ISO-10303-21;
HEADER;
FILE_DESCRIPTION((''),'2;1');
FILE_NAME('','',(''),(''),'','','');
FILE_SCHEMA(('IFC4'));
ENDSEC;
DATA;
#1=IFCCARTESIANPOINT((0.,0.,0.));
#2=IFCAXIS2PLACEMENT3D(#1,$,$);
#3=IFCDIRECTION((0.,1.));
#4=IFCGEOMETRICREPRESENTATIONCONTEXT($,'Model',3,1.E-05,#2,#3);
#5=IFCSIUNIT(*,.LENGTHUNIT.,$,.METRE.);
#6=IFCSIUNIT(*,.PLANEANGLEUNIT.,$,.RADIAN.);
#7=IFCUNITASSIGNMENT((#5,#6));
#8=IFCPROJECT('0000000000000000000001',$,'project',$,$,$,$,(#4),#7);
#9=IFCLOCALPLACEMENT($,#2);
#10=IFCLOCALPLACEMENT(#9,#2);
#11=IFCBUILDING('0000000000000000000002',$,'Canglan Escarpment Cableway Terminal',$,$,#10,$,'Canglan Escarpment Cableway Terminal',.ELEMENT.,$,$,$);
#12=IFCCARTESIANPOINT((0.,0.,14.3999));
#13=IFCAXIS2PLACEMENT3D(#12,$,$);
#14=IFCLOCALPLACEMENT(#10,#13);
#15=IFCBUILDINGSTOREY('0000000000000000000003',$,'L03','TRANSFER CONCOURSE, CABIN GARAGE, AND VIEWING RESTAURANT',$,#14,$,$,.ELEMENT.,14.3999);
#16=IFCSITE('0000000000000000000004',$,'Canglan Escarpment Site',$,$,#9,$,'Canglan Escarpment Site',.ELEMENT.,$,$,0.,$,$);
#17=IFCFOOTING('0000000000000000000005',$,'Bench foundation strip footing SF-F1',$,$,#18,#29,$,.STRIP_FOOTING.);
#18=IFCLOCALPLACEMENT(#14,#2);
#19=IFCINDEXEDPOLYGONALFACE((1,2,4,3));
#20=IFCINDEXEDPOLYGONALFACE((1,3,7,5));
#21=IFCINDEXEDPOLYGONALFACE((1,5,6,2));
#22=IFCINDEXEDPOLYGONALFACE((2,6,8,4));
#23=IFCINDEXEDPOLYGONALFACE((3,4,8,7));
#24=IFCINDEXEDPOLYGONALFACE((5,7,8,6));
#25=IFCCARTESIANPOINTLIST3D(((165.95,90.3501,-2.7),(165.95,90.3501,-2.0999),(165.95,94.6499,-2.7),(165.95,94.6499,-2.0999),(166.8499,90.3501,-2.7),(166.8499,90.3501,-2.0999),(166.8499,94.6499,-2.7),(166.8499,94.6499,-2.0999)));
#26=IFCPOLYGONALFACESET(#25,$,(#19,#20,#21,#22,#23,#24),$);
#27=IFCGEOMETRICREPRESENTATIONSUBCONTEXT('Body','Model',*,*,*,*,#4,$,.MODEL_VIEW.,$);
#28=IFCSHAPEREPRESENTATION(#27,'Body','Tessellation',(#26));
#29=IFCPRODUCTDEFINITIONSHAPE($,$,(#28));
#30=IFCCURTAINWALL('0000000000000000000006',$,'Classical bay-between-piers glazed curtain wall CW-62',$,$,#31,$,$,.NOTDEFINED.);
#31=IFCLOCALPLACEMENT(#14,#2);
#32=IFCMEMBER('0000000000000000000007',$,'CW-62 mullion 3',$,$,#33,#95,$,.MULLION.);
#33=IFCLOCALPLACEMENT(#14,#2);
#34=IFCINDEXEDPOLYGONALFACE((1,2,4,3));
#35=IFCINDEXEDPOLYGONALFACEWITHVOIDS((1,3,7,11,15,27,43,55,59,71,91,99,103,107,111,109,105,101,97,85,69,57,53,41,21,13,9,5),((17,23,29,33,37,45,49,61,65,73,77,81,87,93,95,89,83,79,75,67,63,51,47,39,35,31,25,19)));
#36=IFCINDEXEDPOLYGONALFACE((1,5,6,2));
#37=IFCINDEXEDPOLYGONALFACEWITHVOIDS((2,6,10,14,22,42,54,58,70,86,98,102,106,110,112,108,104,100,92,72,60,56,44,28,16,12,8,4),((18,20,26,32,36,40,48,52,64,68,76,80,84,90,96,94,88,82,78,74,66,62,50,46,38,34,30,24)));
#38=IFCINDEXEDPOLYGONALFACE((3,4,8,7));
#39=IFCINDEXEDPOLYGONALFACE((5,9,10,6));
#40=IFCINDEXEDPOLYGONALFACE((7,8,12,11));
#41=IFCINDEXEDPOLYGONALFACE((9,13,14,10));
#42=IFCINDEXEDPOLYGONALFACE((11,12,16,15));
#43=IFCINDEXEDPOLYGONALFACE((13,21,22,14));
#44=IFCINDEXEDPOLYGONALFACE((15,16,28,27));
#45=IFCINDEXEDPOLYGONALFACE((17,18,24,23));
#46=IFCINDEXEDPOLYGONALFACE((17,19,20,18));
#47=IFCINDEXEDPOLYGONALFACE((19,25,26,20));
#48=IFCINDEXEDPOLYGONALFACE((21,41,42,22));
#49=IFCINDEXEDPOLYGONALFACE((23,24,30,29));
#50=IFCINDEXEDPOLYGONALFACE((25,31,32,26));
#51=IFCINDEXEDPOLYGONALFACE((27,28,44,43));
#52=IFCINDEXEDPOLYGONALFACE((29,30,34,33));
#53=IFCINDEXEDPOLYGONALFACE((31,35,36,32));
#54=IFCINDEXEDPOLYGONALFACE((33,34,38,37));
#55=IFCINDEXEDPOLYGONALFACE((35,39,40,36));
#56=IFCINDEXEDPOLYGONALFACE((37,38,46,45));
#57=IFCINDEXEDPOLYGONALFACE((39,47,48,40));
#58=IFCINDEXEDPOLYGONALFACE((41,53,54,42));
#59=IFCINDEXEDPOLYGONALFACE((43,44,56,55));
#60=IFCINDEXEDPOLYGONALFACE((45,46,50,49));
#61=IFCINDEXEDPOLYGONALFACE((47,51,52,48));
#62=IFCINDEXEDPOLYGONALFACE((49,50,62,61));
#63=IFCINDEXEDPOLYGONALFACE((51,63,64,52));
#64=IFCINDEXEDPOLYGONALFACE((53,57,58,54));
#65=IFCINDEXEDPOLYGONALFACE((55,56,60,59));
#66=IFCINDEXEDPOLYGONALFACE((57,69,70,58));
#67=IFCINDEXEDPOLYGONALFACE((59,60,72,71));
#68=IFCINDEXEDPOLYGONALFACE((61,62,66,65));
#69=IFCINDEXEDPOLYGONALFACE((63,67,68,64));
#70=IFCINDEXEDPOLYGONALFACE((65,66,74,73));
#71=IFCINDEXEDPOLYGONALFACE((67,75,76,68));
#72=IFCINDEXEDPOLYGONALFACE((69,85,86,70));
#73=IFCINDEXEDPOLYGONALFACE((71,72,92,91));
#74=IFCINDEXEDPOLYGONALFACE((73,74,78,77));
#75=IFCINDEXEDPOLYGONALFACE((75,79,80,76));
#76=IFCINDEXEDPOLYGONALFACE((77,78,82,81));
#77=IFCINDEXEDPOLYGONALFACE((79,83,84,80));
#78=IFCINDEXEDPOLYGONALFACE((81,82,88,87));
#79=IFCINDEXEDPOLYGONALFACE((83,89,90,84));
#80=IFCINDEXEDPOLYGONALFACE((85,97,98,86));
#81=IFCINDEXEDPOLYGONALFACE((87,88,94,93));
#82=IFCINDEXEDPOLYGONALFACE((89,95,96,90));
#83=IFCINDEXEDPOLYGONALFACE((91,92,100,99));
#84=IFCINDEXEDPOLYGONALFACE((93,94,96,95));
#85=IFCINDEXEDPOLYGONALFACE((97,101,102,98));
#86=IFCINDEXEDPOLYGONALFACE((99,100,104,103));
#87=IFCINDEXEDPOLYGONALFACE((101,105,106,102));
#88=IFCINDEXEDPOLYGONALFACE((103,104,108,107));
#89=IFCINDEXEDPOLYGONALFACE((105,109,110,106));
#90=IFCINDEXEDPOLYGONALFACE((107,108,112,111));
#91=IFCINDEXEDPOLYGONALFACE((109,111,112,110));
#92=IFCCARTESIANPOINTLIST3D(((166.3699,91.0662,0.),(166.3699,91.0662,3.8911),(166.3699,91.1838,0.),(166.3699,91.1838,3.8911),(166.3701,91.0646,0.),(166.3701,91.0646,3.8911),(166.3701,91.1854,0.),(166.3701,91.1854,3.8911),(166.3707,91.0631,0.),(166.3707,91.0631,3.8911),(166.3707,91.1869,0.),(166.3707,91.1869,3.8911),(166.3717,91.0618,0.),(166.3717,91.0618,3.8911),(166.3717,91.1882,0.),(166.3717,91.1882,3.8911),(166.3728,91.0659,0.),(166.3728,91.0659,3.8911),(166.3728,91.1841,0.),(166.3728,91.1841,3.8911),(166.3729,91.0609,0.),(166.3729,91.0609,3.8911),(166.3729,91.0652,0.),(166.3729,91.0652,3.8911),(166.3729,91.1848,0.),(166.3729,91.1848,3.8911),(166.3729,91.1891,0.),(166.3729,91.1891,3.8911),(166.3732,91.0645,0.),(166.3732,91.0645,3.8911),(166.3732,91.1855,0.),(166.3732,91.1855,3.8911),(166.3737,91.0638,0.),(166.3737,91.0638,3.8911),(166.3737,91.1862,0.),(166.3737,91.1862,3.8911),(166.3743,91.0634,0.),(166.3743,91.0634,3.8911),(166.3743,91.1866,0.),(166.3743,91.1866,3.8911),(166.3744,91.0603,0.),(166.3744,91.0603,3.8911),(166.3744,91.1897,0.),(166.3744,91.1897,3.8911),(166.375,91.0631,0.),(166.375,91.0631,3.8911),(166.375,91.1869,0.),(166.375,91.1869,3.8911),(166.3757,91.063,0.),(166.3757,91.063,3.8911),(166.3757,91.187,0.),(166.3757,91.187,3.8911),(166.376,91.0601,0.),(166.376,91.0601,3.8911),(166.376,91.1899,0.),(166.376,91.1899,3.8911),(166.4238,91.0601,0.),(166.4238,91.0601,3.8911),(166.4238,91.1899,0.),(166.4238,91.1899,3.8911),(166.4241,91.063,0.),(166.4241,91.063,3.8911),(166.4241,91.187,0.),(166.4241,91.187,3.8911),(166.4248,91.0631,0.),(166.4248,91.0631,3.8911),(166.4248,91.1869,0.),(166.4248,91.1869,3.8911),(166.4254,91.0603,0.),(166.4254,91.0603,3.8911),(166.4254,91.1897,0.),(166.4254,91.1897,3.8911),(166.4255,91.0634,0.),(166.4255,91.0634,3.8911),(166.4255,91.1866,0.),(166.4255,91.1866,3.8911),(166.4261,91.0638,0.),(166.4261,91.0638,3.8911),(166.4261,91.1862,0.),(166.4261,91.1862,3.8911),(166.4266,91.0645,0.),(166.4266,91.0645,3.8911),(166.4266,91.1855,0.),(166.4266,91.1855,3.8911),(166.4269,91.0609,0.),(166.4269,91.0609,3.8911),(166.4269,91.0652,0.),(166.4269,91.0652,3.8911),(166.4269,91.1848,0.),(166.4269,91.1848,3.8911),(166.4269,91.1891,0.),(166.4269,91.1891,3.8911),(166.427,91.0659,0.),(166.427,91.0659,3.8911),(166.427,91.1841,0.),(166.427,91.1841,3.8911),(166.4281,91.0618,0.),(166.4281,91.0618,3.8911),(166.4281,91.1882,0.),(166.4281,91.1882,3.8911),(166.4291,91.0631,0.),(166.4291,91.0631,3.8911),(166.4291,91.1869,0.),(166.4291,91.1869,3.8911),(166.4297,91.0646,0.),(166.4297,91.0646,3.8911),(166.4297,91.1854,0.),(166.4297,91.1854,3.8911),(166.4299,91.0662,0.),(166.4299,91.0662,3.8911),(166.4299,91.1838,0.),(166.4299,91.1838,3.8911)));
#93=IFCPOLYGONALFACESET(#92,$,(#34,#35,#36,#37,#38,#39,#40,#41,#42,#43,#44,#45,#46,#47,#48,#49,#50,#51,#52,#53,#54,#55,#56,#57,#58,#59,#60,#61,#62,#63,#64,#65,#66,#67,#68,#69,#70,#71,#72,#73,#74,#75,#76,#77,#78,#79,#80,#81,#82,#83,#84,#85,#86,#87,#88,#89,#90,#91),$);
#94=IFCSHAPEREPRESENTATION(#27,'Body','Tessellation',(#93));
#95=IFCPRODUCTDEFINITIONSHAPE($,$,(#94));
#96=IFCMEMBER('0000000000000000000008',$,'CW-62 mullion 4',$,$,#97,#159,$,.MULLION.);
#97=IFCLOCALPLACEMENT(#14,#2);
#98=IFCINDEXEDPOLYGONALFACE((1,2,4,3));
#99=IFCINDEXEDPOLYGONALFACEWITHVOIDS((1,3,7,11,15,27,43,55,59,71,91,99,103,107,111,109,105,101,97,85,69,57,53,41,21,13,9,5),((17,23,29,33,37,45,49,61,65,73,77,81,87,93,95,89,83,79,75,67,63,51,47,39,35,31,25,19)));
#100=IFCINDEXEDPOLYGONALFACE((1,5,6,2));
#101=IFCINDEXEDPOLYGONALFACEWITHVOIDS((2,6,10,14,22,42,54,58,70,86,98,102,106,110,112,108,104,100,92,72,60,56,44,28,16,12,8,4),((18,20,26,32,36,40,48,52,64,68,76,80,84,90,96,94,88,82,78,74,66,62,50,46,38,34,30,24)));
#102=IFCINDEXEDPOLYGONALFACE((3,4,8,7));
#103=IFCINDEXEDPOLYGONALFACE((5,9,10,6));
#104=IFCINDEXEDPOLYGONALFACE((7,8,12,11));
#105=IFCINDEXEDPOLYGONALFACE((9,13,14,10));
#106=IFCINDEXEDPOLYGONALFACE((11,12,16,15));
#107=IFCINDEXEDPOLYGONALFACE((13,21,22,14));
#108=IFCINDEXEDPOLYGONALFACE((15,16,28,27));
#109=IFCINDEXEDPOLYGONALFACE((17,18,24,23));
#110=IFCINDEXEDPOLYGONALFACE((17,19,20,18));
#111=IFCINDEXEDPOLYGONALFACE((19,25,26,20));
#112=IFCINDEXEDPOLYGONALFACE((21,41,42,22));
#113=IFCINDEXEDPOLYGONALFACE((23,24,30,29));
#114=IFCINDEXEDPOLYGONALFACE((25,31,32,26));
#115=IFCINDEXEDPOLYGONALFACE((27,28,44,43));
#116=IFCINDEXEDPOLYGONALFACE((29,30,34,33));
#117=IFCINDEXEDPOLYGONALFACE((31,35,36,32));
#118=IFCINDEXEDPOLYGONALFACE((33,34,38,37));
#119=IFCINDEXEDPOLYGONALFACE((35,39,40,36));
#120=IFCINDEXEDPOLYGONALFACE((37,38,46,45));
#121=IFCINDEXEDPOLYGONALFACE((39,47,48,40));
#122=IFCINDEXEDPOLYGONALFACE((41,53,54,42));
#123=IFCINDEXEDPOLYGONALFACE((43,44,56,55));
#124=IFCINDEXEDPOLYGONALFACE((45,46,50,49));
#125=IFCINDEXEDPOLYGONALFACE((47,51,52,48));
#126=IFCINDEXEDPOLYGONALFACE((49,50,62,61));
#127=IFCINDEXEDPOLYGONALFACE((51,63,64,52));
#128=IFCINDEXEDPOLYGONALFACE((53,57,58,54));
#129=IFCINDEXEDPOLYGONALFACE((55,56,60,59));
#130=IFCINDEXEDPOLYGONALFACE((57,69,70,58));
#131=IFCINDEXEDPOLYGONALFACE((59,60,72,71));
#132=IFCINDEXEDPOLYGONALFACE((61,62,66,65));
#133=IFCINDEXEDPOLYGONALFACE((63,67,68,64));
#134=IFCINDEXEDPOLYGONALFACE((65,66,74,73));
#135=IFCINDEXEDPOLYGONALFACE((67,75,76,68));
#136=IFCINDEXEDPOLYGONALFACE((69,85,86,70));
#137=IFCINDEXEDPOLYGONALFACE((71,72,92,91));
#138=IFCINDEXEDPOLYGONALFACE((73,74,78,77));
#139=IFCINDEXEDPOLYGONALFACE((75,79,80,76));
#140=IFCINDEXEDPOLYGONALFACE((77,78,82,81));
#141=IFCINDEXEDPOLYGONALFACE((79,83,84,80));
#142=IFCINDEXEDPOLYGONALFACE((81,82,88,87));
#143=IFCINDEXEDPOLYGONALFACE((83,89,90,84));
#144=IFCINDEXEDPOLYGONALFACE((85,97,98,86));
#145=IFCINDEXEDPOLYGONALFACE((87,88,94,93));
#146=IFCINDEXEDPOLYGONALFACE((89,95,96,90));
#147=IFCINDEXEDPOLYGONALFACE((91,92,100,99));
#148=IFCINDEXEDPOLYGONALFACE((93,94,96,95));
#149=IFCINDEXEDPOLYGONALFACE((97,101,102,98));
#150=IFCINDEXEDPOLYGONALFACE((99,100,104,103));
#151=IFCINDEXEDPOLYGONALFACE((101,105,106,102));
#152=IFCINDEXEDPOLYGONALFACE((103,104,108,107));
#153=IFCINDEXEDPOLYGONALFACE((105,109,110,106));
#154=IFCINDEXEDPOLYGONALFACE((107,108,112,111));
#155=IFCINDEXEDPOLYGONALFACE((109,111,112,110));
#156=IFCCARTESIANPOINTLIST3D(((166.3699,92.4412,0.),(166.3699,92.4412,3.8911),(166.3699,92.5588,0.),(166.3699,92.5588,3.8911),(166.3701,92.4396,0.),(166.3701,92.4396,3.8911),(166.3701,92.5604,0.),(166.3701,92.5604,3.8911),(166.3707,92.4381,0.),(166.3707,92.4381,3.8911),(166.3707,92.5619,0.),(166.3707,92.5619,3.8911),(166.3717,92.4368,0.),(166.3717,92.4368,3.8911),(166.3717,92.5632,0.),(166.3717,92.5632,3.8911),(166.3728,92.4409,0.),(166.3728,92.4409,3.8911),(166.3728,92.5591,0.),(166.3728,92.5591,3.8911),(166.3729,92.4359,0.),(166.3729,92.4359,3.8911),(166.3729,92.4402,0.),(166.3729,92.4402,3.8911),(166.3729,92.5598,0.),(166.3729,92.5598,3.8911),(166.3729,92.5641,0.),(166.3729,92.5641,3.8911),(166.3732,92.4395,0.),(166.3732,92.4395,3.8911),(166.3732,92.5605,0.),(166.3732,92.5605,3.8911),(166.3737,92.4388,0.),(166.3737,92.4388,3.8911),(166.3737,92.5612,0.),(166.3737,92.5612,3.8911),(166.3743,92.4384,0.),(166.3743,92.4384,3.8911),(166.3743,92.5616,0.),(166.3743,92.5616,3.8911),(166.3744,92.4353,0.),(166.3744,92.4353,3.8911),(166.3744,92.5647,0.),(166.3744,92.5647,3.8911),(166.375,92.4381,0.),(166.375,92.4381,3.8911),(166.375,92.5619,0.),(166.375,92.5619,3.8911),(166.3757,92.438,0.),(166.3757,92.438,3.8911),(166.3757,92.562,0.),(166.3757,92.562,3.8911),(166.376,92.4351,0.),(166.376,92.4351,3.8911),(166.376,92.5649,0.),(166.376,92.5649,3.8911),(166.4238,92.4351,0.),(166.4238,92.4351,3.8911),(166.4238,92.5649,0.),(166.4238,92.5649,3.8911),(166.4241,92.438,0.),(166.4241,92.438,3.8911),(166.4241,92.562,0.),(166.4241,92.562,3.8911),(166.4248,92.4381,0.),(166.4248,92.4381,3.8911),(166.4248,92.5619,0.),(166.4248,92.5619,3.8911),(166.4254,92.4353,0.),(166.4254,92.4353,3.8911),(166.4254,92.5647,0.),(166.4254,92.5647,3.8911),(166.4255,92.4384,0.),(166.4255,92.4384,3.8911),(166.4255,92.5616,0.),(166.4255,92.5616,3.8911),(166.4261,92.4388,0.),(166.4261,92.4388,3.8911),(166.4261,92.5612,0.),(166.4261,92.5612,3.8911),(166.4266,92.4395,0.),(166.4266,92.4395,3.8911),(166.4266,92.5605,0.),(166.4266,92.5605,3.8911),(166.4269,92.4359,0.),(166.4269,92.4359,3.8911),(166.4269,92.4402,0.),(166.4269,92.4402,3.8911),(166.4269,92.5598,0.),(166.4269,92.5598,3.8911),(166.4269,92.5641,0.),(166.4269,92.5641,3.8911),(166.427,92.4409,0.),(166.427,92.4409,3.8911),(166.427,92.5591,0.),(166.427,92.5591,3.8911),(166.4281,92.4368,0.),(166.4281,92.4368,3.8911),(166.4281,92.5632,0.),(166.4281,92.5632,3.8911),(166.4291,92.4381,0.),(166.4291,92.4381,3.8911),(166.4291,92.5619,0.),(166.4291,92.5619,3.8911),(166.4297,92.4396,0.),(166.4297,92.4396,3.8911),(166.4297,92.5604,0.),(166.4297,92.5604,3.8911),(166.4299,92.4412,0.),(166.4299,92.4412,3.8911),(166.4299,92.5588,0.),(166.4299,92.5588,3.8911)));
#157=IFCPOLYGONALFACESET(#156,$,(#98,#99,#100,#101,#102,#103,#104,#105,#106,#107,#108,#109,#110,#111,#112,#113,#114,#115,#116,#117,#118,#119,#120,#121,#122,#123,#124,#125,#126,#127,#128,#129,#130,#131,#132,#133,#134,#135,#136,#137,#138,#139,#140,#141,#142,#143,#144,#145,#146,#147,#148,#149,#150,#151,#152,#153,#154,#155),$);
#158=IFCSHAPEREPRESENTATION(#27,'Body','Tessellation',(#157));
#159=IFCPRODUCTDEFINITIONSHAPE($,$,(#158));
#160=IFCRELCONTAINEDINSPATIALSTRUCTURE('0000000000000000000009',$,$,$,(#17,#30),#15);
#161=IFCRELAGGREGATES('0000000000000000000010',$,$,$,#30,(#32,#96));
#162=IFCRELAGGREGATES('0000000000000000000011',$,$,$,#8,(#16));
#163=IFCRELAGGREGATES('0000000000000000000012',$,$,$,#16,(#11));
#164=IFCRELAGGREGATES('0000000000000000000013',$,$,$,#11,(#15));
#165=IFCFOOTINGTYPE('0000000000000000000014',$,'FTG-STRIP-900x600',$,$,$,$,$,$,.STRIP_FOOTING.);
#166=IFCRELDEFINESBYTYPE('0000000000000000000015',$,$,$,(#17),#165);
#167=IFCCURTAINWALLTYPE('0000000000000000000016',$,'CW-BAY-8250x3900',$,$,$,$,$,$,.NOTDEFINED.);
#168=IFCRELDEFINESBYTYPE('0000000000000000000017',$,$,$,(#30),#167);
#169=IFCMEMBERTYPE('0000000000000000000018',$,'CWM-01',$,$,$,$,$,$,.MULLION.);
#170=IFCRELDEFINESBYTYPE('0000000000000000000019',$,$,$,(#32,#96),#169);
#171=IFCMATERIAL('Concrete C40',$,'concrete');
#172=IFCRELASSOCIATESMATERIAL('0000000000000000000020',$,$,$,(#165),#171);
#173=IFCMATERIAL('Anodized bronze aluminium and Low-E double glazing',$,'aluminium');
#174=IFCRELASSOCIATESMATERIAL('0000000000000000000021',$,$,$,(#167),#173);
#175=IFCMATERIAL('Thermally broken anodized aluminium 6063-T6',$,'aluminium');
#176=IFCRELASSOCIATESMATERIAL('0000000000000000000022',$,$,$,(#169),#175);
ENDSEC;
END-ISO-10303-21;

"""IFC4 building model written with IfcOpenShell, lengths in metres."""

from ifc_helpers import new_model, si_unit, direction, frame, origin, origin_2d, place, context, subcontext, project, spatial, rectangle, hollow_rectangle, extrude, material, material_profile, profile_set, type_object, element, aggregate, save


model = new_model("IFC4")

# Units and contexts
model_context = context("Model", 3, precision=1e-05, world=origin(), true_north=direction((0.0, 1.0)))
body_context = subcontext(model_context, "Body", "Model", "MODEL_VIEW")
ifc_project = project(units=[si_unit("LENGTHUNIT", "METRE"), si_unit("PLANEANGLEUNIT", "RADIAN")], contexts=[model_context])

# Site, building, storey
site_placement = place(None, origin())
site = spatial("IfcSite", under=ifc_project, at=site_placement, Name="Canglan Escarpment Site", LongName="Canglan Escarpment Site", CompositionType="ELEMENT", RefElevation=0.0)
building_placement = place(site_placement, origin())
building = spatial("IfcBuilding", under=site, at=building_placement, Name="Canglan Escarpment Cableway Terminal", LongName="Canglan Escarpment Cableway Terminal", CompositionType="ELEMENT")
storey_placement = place(building_placement, frame((0.0, 0.0, 14.3999)))
storey = spatial("IfcBuildingStorey", under=building, at=storey_placement, Name="L03", Description="TRANSFER CONCOURSE, CABIN GARAGE, AND VIEWING RESTAURANT", CompositionType="ELEMENT", Elevation=14.3999)

# Footing
ifc_material_1 = material(Name="Concrete C40", Category="concrete")
ifc_material_profile_1 = material_profile(ifc_material_1, rectangle(XDim=0.8999, YDim=0.6001, at=origin_2d()), Name="SF 900x600")
ifc_profile_set_1 = profile_set([ifc_material_profile_1], Name="Concrete C40")
footing_type = type_object("IfcFootingType", Name="FTG-STRIP-900x600", PredefinedType="STRIP_FOOTING", material=ifc_profile_set_1)
footing_placement = place(storey_placement, frame((166.3999, 90.3501, -2.3999), z_axis=(0.0, 1.0, 0.0), x_axis=(-1.0, 0.0, 0.0)))
element("IfcFooting", 1, at=footing_placement, inside=storey, type_object=footing_type, Name="Bench foundation strip footing SF-F1", PredefinedType="STRIP_FOOTING", context=body_context, shape_type="SweptSolid", body=[
    extrude(rectangle(XDim=0.8999, YDim=0.6001, at=origin_2d()), origin(), (0.0, 0.0, 1.0), 4.2998),
])

# Curtain wall, members
ifc_material_2 = material(Name="Anodized bronze aluminium and Low-E double glazing", Category="aluminium")
curtain_wall_type = type_object("IfcCurtainWallType", Name="CW-BAY-8250x3900", PredefinedType="NOTDEFINED", material=ifc_material_2)
curtain_wall_placement = place(storey_placement, origin())
curtain_wall = element("IfcCurtainWall", 2, at=curtain_wall_placement, inside=storey, type_object=curtain_wall_type, Name="Classical bay-between-piers glazed curtain wall CW-62", PredefinedType="NOTDEFINED")
ifc_material_3 = material(Name="Thermally broken anodized aluminium 6063-T6", Category="aluminium")
ifc_material_profile_2 = material_profile(ifc_material_3, hollow_rectangle(XDim=0.0601, YDim=0.1299, WallThickness=0.0029, InnerFilletRadius=0.0029, OuterFilletRadius=0.0061, at=origin_2d()), Name="ALU-MULL 60x130x3")
ifc_profile_set_2 = profile_set([ifc_material_profile_2], Name="Thermally broken anodized aluminium 6063-T6")
member_type_1 = type_object("IfcMemberType", Name="CWM-01", PredefinedType="MULLION", material=ifc_profile_set_2)
member_1_placement = place(storey_placement, frame((166.3999, 91.125, 0.0), z_axis=(0.0, 0.0, 1.0), x_axis=(-1.0, 0.0, 0.0)))
member_1 = element("IfcMember", 3, at=member_1_placement, type_object=member_type_1, Name="CW-62 mullion 3", PredefinedType="MULLION", context=body_context, shape_type="SweptSolid", body=[
    extrude(hollow_rectangle(XDim=0.0601, YDim=0.1299, WallThickness=0.0029, InnerFilletRadius=0.0029, OuterFilletRadius=0.0061, at=origin_2d()), origin(), (0.0, 0.0, 1.0), 3.8911),
])
member_2_placement = place(storey_placement, frame((166.3999, 92.5, 0.0), z_axis=(0.0, 0.0, 1.0), x_axis=(-1.0, 0.0, 0.0)))
member_2 = element("IfcMember", 4, at=member_2_placement, type_object=member_type_1, Name="CW-62 mullion 4", PredefinedType="MULLION", context=body_context, shape_type="SweptSolid", body=[
    extrude(hollow_rectangle(XDim=0.0601, YDim=0.1299, WallThickness=0.0029, InnerFilletRadius=0.0029, OuterFilletRadius=0.0061, at=origin_2d()), origin(), (0.0, 0.0, 1.0), 3.8911),
])
aggregate(curtain_wall, [member_1, member_2])

save(model, "model.ifc")
